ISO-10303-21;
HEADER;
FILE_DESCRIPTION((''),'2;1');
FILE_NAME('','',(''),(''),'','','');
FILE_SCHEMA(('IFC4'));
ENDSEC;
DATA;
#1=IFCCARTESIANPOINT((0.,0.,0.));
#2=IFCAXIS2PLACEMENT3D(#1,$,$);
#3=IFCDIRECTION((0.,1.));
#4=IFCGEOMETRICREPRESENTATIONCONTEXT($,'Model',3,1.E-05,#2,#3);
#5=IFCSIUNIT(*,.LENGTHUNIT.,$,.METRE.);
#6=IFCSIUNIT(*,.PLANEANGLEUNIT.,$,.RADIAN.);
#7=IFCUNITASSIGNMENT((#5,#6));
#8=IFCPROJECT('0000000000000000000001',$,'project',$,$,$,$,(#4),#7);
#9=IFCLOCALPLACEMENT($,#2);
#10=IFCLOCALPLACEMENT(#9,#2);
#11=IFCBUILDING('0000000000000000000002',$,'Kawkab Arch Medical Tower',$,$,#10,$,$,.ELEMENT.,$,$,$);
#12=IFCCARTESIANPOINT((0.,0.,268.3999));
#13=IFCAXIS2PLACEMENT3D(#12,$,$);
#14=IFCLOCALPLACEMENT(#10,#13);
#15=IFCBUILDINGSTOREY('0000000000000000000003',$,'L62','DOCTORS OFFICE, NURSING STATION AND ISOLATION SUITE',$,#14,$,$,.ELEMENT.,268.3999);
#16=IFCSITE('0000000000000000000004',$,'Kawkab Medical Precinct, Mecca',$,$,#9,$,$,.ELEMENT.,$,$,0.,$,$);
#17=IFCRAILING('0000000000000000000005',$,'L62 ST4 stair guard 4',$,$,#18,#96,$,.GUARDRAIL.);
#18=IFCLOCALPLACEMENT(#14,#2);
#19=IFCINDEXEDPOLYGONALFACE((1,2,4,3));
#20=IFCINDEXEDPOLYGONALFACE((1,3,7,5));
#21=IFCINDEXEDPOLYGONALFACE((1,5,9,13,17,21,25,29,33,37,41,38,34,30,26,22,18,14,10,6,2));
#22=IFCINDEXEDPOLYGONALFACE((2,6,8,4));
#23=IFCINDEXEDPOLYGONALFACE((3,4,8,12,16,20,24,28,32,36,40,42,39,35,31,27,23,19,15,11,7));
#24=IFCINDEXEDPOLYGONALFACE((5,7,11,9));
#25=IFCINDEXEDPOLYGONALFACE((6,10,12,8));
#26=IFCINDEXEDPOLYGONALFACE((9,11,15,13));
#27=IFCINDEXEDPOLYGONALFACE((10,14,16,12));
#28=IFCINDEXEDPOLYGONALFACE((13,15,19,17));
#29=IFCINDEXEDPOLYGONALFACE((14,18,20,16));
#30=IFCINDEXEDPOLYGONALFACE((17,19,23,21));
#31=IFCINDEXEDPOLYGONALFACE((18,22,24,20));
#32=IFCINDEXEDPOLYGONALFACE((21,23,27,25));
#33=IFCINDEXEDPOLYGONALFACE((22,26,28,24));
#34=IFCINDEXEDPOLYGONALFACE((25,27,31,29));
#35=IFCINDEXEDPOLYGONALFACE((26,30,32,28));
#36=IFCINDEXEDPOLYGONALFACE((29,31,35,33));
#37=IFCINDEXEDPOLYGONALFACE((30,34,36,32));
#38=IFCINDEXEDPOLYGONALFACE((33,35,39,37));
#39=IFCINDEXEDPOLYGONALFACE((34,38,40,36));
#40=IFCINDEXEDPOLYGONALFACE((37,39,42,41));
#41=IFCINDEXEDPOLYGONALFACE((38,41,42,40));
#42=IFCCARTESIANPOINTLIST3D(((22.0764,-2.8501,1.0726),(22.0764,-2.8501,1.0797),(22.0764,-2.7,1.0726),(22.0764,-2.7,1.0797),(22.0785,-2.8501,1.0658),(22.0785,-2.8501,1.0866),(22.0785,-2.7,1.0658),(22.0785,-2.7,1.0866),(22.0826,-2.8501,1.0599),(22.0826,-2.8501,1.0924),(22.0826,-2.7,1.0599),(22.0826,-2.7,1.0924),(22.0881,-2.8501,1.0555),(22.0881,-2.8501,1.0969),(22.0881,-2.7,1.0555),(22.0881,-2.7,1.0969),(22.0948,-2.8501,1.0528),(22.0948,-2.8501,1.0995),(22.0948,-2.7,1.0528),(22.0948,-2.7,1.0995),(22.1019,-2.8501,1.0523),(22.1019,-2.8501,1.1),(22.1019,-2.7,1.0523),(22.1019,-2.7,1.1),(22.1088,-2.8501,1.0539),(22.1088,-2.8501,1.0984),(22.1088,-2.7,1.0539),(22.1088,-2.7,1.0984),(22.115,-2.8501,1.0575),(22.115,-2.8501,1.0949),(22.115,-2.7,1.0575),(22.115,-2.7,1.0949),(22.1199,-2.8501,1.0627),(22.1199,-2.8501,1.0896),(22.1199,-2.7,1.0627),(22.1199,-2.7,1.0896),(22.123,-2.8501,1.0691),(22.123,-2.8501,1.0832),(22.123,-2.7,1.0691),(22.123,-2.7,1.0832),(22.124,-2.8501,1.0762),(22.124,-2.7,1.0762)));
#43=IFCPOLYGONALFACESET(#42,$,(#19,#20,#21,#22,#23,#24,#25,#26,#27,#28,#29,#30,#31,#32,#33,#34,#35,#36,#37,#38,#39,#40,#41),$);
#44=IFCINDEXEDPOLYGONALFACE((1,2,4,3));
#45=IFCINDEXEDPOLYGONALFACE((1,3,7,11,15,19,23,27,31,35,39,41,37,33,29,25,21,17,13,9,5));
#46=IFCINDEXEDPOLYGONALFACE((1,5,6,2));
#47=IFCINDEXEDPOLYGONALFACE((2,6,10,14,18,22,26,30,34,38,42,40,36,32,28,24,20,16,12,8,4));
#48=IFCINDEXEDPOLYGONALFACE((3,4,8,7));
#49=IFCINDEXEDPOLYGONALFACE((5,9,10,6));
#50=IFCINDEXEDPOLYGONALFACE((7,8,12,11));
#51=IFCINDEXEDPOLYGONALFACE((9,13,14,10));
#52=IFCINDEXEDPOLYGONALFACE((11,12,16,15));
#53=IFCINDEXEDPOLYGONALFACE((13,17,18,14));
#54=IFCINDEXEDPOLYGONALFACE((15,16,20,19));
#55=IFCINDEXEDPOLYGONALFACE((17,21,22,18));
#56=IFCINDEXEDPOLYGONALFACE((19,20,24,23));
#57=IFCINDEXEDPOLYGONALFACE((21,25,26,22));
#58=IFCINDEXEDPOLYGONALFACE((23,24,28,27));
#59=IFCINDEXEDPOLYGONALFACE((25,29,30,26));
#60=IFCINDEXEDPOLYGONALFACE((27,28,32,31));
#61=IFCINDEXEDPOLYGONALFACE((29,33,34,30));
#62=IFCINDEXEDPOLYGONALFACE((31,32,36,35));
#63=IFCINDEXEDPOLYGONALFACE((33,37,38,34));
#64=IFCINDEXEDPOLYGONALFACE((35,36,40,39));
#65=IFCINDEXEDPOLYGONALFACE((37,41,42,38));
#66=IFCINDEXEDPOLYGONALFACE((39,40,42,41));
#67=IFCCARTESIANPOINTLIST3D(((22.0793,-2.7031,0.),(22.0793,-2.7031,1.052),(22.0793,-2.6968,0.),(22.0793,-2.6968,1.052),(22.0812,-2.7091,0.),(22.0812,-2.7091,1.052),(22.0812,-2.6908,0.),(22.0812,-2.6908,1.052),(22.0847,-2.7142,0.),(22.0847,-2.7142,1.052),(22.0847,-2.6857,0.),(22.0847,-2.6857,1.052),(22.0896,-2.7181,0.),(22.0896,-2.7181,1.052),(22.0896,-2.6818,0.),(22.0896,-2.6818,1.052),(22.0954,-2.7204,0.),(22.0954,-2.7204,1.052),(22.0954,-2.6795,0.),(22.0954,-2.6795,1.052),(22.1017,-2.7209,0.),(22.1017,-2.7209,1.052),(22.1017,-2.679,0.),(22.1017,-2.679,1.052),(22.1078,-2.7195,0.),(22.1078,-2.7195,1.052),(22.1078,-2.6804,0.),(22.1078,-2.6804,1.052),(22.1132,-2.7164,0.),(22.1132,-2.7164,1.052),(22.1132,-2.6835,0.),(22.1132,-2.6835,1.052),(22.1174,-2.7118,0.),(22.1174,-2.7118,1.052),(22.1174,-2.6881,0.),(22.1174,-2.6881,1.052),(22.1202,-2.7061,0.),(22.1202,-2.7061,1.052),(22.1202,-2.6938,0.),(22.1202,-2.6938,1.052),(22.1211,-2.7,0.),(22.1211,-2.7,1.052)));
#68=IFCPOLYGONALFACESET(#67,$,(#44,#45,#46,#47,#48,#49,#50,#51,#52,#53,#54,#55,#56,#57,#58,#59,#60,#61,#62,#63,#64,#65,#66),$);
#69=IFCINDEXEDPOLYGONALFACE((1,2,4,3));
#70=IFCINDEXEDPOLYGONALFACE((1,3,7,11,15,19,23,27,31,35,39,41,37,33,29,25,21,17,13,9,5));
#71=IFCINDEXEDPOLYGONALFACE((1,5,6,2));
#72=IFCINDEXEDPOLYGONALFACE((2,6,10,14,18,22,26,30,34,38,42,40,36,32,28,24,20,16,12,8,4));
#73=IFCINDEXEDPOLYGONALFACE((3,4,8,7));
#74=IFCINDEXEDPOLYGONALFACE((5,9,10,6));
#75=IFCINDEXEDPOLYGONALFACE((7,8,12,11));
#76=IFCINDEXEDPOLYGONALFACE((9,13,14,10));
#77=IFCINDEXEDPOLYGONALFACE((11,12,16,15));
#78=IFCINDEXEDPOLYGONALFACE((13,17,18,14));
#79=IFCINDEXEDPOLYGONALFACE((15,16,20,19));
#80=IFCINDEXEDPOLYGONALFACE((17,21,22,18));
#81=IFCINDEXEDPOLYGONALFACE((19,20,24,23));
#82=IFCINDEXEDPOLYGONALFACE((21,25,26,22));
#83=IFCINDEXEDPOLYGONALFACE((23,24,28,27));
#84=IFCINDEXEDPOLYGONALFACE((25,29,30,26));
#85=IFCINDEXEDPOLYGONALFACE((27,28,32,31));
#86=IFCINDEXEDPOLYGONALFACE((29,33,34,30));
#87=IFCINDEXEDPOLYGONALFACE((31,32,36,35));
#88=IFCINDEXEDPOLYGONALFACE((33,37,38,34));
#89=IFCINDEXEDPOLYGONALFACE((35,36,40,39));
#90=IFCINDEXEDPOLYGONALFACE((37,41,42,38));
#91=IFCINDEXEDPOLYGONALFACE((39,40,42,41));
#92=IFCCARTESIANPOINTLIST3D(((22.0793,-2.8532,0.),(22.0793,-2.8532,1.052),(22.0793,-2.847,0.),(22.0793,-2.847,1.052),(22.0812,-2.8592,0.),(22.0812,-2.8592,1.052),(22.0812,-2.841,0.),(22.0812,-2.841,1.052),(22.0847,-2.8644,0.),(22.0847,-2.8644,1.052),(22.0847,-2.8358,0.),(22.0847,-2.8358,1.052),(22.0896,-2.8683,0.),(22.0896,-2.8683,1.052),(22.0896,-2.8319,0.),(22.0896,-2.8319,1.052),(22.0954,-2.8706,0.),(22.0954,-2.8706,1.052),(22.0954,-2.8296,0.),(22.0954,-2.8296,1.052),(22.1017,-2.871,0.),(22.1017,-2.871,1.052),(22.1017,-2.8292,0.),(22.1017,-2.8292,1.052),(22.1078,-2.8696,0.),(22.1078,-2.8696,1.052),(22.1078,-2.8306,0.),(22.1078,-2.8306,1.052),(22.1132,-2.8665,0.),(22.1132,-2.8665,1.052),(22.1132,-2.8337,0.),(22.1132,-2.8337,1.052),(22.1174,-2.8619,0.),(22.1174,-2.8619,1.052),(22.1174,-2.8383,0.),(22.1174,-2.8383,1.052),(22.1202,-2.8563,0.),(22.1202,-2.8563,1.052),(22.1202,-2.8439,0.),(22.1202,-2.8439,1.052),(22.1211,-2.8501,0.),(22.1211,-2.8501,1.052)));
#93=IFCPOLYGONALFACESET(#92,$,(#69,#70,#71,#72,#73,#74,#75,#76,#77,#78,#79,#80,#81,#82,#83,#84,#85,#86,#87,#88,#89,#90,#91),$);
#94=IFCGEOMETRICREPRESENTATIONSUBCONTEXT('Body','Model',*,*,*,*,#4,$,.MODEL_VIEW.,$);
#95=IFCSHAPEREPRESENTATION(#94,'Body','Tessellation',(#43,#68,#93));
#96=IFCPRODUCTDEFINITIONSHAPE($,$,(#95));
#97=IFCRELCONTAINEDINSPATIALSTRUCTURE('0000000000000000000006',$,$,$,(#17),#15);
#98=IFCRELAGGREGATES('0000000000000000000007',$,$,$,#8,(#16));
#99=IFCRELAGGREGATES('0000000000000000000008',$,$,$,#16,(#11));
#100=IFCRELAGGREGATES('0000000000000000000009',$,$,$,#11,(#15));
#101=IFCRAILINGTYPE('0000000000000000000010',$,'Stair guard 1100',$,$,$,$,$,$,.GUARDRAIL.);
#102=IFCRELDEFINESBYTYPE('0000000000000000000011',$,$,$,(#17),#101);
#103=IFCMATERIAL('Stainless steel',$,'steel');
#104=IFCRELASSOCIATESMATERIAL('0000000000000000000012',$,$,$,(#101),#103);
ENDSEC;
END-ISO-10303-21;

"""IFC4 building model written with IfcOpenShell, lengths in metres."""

from ifc_helpers import new_model, si_unit, direction, frame, origin, origin_2d, place, context, subcontext, project, spatial, circle, extrude, material, type_object, element, save


model = new_model("IFC4")

# Units and contexts
model_context = context("Model", 3, precision=1e-05, world=origin(), true_north=direction((0.0, 1.0)))
body_context = subcontext(model_context, "Body", "Model", "MODEL_VIEW")
ifc_project = project(units=[si_unit("LENGTHUNIT", "METRE"), si_unit("PLANEANGLEUNIT", "RADIAN")], contexts=[model_context])

# Site, building, storey
site_placement = place(None, origin())
site = spatial("IfcSite", under=ifc_project, at=site_placement, Name="Kawkab Medical Precinct, Mecca", CompositionType="ELEMENT", RefElevation=0.0)
building_placement = place(site_placement, origin())
building = spatial("IfcBuilding", under=site, at=building_placement, Name="Kawkab Arch Medical Tower", CompositionType="ELEMENT")
storey_placement = place(building_placement, frame((0.0, 0.0, 268.3999)))
storey = spatial("IfcBuildingStorey", under=building, at=storey_placement, Name="L62", Description="DOCTORS OFFICE, NURSING STATION AND ISOLATION SUITE", CompositionType="ELEMENT", Elevation=268.3999)

# Railing
ifc_material_1 = material(Name="Stainless steel", Category="steel")
railing_type = type_object("IfcRailingType", Name="Stair guard 1100", PredefinedType="GUARDRAIL", material=ifc_material_1)
railing_1_placement = place(storey_placement, frame((22.1001, -2.7, 0.0)))
element("IfcRailing", 1, at=railing_1_placement, inside=storey, type_object=railing_type, Name="L62 ST4 stair guard 4", PredefinedType="GUARDRAIL", context=body_context, shape_type="SweptSolid", body=[
    extrude(circle(Radius=0.0239, at=origin_2d()), frame((0.0, 0.0, 1.0762), z_axis=(0.0, -1.0, 0.0), x_axis=(1.0, 0.0, 0.0)), (0.0, 0.0, 1.0), 0.1501),
    extrude(circle(Radius=0.021, at=origin_2d()), origin(), (0.0, 0.0, 1.0), 1.052),
    extrude(circle(Radius=0.021, at=origin_2d()), frame((0.0, -0.1501, 0.0)), (0.0, 0.0, 1.0), 1.052),
])

save(model, "model.ifc")
